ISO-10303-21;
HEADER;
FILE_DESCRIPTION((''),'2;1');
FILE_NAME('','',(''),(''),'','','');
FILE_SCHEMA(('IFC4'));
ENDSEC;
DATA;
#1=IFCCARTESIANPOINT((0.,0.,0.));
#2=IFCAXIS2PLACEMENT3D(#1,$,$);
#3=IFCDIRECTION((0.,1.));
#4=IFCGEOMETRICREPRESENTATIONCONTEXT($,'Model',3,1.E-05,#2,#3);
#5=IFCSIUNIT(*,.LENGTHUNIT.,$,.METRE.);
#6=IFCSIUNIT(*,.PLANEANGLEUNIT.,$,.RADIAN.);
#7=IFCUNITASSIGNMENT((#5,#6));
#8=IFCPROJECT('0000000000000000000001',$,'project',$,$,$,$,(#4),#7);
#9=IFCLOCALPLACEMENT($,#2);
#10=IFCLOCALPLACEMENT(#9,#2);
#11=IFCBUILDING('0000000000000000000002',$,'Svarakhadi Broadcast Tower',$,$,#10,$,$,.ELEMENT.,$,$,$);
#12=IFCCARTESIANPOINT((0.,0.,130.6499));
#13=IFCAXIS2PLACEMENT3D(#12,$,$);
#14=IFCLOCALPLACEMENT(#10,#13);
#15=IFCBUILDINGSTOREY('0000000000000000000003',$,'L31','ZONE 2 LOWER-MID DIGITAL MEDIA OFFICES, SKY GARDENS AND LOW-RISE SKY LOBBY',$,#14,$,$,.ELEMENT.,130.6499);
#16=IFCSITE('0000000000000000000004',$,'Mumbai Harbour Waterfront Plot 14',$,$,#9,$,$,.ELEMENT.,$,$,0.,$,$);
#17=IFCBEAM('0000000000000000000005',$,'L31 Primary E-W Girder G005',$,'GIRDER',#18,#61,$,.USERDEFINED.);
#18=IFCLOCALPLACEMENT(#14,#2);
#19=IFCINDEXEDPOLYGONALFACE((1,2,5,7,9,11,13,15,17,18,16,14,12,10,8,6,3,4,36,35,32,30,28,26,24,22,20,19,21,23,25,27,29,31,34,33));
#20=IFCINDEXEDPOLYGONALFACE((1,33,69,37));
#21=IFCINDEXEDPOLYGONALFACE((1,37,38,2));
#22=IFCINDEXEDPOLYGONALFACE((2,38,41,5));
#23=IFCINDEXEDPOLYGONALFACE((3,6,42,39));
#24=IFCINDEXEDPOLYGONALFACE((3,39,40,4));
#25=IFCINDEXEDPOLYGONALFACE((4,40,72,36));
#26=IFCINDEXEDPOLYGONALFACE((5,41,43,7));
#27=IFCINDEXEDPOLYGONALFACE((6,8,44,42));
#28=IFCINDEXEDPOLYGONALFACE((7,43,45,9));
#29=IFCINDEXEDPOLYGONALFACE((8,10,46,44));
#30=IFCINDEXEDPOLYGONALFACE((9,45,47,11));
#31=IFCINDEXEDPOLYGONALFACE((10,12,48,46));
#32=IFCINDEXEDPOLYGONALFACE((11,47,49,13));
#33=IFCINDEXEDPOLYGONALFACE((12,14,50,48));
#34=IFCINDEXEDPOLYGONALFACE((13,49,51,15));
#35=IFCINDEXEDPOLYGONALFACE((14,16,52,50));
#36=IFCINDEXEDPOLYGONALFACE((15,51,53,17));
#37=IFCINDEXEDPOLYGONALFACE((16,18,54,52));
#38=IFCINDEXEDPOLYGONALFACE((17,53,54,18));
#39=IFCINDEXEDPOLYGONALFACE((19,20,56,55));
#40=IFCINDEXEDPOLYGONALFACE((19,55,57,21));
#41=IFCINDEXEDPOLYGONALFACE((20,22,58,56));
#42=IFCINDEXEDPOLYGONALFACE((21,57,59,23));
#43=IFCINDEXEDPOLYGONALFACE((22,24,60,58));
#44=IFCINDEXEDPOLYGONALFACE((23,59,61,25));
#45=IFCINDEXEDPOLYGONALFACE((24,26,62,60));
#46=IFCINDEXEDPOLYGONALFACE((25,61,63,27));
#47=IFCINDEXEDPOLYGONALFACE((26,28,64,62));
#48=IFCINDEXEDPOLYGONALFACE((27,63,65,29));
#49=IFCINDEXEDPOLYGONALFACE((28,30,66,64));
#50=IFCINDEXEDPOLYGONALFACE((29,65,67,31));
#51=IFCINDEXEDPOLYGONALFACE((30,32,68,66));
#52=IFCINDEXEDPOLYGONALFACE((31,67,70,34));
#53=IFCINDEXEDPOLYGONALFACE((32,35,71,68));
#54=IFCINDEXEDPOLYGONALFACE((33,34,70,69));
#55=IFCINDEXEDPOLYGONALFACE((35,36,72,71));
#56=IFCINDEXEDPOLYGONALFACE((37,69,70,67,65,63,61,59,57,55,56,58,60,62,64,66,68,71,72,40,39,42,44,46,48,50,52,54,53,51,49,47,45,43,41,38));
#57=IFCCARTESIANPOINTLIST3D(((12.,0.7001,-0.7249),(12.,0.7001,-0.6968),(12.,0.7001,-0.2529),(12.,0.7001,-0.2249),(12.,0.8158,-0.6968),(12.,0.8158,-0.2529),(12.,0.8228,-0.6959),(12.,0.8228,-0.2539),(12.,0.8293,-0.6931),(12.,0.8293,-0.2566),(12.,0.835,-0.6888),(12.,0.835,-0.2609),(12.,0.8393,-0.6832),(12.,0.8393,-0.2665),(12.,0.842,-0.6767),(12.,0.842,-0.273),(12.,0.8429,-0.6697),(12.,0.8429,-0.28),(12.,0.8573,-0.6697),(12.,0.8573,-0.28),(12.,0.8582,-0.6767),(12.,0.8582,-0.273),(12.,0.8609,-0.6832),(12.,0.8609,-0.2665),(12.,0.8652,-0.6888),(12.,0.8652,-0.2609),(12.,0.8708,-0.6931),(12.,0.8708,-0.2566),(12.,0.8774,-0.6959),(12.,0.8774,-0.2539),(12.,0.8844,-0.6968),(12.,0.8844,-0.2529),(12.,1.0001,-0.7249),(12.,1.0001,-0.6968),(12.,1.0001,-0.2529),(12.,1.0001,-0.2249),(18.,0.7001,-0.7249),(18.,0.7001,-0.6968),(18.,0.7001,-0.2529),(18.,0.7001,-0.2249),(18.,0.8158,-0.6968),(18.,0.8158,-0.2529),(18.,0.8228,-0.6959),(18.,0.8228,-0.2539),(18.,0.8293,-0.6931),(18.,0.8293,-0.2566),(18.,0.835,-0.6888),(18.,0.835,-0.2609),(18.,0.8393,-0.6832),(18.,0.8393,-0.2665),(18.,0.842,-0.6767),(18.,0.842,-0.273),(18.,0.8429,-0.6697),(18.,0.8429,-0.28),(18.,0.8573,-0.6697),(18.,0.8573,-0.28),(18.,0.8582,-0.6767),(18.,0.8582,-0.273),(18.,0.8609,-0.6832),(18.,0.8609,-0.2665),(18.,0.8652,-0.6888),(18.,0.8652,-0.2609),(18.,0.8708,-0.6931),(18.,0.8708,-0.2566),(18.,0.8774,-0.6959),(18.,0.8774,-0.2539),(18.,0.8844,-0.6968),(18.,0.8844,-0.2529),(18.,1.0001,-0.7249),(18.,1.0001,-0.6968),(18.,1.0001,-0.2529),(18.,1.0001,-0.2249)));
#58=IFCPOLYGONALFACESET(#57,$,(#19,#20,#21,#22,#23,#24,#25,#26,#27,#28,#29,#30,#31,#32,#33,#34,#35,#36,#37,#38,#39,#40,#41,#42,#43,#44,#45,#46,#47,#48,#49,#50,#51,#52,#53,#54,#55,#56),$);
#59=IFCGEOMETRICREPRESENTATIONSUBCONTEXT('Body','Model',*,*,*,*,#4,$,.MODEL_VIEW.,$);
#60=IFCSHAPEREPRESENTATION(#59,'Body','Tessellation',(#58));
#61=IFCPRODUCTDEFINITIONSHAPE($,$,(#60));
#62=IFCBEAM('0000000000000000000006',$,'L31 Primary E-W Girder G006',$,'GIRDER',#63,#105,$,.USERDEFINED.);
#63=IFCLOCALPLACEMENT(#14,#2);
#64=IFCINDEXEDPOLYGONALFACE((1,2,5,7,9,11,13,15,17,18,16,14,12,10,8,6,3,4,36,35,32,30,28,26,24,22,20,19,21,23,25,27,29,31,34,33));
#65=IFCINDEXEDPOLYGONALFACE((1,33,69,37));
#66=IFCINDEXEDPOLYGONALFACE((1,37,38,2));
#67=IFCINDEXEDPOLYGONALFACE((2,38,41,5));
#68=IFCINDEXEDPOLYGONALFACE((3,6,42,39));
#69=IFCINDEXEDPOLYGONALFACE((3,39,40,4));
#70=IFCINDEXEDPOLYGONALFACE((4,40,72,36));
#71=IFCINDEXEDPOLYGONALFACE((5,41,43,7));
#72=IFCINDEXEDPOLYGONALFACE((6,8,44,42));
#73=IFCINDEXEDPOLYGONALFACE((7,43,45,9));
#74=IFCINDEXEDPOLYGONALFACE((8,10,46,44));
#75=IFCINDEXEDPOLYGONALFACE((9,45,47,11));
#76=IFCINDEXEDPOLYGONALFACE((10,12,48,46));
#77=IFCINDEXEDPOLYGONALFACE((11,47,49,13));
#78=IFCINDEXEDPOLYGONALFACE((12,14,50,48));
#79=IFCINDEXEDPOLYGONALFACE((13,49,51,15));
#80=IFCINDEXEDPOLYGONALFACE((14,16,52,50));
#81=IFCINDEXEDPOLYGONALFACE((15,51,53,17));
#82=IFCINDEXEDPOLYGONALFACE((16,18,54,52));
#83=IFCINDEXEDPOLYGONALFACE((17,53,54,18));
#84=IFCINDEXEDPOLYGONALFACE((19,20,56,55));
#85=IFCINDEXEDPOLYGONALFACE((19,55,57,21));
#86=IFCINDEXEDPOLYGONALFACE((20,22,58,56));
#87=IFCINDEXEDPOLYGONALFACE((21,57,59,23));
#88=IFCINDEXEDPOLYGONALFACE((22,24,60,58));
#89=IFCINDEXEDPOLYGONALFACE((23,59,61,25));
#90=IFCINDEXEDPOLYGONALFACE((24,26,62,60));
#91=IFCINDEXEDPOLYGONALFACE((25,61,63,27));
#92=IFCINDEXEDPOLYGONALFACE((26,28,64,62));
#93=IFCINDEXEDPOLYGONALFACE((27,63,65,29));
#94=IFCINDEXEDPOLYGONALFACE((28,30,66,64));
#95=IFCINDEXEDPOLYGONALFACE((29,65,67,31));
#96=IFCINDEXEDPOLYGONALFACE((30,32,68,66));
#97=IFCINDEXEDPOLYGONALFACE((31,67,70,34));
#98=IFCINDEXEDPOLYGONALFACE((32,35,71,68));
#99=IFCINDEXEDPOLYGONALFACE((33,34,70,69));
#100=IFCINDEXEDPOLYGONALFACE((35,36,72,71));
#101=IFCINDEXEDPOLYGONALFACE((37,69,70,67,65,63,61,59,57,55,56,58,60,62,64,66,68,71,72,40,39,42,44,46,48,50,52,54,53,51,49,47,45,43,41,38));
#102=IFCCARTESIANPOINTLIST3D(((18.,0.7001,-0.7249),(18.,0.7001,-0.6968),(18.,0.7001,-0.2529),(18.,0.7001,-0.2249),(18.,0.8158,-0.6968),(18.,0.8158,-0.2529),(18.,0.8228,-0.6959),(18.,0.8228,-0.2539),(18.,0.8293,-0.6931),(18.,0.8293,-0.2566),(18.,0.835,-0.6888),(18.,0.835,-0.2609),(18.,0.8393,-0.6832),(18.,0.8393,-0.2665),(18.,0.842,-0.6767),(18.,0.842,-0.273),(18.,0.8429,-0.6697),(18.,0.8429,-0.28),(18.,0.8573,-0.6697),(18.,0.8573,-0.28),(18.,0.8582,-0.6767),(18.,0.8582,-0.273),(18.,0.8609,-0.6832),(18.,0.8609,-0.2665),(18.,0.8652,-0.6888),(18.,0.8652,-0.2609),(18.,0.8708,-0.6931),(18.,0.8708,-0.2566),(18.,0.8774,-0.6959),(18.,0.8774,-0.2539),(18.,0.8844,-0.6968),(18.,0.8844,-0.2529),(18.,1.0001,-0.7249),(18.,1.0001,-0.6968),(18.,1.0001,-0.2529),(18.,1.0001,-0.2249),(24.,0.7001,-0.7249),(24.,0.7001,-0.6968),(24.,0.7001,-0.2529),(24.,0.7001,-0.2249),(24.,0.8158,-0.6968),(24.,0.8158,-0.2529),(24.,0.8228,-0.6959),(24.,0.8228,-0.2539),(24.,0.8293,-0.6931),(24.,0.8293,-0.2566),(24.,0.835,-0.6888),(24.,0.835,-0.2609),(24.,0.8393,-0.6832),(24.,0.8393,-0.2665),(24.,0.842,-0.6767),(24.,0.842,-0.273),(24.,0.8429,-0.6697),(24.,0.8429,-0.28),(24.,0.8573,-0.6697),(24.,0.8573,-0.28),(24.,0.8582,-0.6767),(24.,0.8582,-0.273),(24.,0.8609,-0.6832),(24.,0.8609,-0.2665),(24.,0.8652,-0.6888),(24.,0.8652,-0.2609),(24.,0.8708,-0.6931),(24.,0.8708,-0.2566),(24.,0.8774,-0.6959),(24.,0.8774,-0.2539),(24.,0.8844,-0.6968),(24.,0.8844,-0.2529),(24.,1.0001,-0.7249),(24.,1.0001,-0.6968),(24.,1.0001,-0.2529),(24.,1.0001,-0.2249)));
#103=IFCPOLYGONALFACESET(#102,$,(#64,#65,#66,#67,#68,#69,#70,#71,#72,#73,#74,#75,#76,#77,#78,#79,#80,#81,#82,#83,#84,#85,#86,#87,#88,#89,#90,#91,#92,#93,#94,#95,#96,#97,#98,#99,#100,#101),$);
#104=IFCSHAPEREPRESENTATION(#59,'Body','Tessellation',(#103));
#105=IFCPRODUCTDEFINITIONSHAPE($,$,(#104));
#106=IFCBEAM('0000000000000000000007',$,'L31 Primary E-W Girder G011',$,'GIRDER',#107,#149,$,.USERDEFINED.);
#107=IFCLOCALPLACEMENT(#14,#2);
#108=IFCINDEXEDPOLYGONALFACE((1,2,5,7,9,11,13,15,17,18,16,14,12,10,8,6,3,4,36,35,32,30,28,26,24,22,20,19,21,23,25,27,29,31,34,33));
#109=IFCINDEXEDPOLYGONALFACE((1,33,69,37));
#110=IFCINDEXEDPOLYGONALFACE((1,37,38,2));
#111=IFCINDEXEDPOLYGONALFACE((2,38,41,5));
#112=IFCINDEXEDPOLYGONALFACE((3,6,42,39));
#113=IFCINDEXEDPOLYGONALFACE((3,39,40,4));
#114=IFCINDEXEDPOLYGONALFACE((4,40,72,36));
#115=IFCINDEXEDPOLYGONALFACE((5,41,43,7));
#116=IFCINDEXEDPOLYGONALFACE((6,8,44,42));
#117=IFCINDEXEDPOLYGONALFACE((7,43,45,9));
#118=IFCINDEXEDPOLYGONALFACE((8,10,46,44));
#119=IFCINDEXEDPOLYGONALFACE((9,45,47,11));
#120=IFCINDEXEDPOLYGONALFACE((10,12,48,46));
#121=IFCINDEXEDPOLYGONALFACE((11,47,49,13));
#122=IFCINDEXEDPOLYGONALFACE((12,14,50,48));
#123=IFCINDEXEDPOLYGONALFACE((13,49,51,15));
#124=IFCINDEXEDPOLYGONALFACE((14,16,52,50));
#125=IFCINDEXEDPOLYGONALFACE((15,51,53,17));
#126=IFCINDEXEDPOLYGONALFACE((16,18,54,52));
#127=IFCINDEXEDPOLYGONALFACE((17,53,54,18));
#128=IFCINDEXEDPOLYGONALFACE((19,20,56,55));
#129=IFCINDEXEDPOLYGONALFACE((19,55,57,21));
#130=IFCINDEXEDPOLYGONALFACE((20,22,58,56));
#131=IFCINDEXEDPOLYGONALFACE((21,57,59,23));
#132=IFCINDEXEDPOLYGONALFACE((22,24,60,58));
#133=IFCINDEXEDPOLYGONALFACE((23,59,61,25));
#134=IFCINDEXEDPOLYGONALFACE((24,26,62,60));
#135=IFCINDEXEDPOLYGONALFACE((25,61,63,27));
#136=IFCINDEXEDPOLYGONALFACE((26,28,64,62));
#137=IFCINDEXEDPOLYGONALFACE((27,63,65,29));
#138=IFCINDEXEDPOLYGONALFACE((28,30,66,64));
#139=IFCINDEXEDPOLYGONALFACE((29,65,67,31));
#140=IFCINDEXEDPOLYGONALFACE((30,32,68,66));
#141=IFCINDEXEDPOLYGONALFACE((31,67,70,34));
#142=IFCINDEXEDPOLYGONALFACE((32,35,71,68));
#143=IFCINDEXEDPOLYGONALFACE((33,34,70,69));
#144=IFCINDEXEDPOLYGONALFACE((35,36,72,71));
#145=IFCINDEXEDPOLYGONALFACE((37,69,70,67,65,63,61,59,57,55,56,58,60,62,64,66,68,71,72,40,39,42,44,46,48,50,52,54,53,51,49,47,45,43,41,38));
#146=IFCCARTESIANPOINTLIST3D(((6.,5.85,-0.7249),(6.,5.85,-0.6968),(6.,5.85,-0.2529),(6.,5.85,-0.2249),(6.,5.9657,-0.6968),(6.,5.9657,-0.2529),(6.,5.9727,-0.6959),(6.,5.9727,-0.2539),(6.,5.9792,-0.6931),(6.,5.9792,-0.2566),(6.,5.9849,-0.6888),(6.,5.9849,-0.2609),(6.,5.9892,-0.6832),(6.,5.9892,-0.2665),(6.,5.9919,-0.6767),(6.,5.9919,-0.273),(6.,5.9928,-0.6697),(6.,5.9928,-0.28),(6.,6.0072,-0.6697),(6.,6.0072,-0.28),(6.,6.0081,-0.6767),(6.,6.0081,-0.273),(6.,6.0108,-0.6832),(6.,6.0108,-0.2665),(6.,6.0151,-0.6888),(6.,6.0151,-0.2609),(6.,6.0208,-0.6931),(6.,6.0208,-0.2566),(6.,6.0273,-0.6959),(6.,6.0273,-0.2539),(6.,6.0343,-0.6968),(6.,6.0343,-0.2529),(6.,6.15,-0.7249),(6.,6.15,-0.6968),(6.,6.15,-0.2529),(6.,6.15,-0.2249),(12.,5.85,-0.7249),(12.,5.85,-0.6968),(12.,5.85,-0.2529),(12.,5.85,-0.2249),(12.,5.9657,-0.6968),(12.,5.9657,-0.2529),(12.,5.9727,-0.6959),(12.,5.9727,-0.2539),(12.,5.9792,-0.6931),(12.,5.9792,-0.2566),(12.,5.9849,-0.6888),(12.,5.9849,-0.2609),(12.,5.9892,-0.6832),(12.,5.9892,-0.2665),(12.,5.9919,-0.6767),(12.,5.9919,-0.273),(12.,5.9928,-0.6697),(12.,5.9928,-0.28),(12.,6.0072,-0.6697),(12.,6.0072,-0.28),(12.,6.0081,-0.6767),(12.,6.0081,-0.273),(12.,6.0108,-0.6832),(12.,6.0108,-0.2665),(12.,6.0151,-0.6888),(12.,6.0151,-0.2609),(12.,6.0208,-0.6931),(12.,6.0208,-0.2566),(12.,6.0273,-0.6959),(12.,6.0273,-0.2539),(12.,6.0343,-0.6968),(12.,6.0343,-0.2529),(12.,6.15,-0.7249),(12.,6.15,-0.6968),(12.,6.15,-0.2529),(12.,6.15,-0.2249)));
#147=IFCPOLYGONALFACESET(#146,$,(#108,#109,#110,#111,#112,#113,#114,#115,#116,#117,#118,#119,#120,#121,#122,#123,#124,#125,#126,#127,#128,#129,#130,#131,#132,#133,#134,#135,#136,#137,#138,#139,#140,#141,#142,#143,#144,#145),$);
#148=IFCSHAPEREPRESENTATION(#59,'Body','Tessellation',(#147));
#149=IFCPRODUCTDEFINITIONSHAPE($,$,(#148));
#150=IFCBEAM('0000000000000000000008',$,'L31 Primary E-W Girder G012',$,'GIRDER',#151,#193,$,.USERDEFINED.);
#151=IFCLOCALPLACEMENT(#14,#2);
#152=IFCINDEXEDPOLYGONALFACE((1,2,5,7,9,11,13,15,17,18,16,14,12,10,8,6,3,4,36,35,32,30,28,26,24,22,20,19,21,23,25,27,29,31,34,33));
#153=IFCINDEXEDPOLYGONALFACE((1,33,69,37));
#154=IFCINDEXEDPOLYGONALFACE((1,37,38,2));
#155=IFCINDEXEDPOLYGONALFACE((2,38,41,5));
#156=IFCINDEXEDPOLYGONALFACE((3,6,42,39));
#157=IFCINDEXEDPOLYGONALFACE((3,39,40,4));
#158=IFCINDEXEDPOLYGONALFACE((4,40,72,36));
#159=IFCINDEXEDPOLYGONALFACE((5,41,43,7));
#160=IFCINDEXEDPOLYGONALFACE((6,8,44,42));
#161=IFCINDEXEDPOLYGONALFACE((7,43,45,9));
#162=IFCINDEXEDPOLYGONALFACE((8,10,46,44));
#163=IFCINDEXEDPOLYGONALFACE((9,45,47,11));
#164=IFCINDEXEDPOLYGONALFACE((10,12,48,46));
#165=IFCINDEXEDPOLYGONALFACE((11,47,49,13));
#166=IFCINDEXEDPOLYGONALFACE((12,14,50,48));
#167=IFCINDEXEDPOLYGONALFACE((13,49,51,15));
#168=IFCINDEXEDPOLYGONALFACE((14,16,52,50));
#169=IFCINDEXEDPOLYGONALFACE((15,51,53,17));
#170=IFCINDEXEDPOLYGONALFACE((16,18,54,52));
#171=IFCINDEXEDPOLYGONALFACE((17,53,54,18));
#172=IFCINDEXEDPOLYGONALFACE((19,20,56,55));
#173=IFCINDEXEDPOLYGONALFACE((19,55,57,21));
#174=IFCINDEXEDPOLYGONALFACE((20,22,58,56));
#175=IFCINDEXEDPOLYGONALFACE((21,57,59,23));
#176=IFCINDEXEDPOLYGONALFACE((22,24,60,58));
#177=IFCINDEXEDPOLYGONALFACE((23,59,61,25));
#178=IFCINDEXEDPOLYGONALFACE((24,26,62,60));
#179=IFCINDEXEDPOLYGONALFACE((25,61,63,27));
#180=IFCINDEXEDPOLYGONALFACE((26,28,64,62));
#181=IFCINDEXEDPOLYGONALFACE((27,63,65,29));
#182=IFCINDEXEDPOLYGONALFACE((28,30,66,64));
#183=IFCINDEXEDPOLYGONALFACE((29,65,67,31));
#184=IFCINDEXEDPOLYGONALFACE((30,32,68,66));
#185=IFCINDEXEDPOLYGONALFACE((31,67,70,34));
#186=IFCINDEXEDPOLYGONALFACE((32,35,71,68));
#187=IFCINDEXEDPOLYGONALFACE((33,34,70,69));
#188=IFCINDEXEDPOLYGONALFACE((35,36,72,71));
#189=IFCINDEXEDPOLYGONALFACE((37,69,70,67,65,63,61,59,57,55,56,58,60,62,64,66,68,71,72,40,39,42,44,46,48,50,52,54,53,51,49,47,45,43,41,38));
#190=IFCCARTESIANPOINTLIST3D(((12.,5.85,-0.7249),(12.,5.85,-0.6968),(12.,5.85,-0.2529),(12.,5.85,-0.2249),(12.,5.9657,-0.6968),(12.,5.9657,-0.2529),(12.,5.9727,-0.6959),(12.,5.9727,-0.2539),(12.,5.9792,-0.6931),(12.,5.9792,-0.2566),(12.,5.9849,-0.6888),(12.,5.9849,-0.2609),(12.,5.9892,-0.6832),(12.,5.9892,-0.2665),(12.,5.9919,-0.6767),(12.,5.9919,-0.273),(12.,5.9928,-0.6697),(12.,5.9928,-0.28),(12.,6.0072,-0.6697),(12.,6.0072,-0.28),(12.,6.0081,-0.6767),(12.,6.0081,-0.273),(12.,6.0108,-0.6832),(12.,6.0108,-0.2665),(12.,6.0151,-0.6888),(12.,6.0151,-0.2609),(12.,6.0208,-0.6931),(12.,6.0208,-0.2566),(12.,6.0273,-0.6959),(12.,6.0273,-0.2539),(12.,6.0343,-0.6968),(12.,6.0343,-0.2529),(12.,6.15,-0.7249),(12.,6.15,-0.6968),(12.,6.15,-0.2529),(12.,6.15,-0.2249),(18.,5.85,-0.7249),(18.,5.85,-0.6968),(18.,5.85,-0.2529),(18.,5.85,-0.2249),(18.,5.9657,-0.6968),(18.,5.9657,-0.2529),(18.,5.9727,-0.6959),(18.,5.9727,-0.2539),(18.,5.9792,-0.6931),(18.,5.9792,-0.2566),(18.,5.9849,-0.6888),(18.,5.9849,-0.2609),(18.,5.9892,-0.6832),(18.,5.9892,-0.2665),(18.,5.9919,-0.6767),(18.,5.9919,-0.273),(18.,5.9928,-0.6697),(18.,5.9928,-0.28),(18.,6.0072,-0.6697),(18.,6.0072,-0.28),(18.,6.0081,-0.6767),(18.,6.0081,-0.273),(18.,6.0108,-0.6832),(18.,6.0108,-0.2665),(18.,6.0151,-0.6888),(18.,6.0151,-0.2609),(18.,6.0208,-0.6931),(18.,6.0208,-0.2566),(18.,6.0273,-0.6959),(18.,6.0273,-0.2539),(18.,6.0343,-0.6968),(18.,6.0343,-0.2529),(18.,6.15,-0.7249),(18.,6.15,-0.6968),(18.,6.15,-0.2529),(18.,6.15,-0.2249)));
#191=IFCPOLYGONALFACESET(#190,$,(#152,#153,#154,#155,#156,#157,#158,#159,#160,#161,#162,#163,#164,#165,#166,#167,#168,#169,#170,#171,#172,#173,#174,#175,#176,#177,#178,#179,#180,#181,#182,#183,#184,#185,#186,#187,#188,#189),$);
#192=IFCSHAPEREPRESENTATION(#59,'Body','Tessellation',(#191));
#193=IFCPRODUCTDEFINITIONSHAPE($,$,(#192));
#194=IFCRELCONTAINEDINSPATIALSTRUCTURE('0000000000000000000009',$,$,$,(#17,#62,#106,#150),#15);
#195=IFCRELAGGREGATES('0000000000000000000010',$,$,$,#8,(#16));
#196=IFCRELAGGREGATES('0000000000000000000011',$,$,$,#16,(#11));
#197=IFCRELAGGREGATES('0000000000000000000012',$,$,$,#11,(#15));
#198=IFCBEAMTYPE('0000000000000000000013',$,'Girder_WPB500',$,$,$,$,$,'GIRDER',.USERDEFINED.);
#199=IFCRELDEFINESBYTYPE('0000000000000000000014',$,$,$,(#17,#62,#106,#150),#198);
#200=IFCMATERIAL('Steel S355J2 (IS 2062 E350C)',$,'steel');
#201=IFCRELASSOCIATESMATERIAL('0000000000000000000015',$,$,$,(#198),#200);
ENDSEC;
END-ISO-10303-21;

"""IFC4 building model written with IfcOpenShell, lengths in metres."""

from ifc_helpers import new_model, si_unit, direction, frame, origin, origin_2d, place, context, subcontext, project, spatial, i_section, extrude, material, material_profile, profile_set, type_object, element, save


model = new_model("IFC4")

# Units and contexts
model_context = context("Model", 3, precision=1e-05, world=origin(), true_north=direction((0.0, 1.0)))
body_context = subcontext(model_context, "Body", "Model", "MODEL_VIEW")
ifc_project = project(units=[si_unit("LENGTHUNIT", "METRE"), si_unit("PLANEANGLEUNIT", "RADIAN")], contexts=[model_context])

# Site, building, storey
site_placement = place(None, origin())
site = spatial("IfcSite", under=ifc_project, at=site_placement, Name="Mumbai Harbour Waterfront Plot 14", CompositionType="ELEMENT", RefElevation=0.0)
building_placement = place(site_placement, origin())
building = spatial("IfcBuilding", under=site, at=building_placement, Name="Svarakhadi Broadcast Tower", CompositionType="ELEMENT")
storey_placement = place(building_placement, frame((0.0, 0.0, 130.6499)))
storey = spatial("IfcBuildingStorey", under=building, at=storey_placement, Name="L31", Description="ZONE 2 LOWER-MID DIGITAL MEDIA OFFICES, SKY GARDENS AND LOW-RISE SKY LOBBY", CompositionType="ELEMENT", Elevation=130.6499)

# Shared definitions
ifc_material_1 = material(Name="Steel S355J2 (IS 2062 E350C)", Category="steel")

# Beams
ifc_material_profile_1 = material_profile(ifc_material_1, i_section(OverallWidth=0.3, OverallDepth=0.5, WebThickness=0.0144, FlangeThickness=0.0281, FilletRadius=0.0271, at=origin_2d()), Name="WPB 500x300x187")
ifc_profile_set_1 = profile_set([ifc_material_profile_1], Name="Steel S355J2 (IS 2062 E350C)")
beam_type_1 = type_object("IfcBeamType", Name="Girder_WPB500", ElementType="GIRDER", PredefinedType="USERDEFINED", material=ifc_profile_set_1)
for number, where, z_axis, x_axis, name in (
    (1, (12.0, 0.8501, -0.4749), (1.0, 0.0, 0.0), (0.0, 1.0, 0.0), "L31 Primary E-W Girder G005"),
    (2, (18.0, 0.8501, -0.4749), (1.0, 0.0, 0.0), (0.0, 1.0, 0.0), "L31 Primary E-W Girder G006"),
    (3, (6.0, 6.0, -0.4749), (1.0, 0.0, 0.0), (0.0, 1.0, 0.0), "L31 Primary E-W Girder G011"),
    (4, (12.0, 6.0, -0.4749), (1.0, 0.0, 0.0), (0.0, 1.0, 0.0), "L31 Primary E-W Girder G012"),
):
    element("IfcBeam", number, at=place(storey_placement, frame(where, z_axis=z_axis, x_axis=x_axis)), inside=storey, type_object=beam_type_1, Name=name, ObjectType="GIRDER", PredefinedType="USERDEFINED", context=body_context, shape_type="SweptSolid", body=[
        extrude(i_section(OverallWidth=0.3, OverallDepth=0.5, WebThickness=0.0144, FlangeThickness=0.0281, FilletRadius=0.0271, at=origin_2d()), origin(), (0.0, 0.0, 1.0), 6.0),
    ])

save(model, "model.ifc")
